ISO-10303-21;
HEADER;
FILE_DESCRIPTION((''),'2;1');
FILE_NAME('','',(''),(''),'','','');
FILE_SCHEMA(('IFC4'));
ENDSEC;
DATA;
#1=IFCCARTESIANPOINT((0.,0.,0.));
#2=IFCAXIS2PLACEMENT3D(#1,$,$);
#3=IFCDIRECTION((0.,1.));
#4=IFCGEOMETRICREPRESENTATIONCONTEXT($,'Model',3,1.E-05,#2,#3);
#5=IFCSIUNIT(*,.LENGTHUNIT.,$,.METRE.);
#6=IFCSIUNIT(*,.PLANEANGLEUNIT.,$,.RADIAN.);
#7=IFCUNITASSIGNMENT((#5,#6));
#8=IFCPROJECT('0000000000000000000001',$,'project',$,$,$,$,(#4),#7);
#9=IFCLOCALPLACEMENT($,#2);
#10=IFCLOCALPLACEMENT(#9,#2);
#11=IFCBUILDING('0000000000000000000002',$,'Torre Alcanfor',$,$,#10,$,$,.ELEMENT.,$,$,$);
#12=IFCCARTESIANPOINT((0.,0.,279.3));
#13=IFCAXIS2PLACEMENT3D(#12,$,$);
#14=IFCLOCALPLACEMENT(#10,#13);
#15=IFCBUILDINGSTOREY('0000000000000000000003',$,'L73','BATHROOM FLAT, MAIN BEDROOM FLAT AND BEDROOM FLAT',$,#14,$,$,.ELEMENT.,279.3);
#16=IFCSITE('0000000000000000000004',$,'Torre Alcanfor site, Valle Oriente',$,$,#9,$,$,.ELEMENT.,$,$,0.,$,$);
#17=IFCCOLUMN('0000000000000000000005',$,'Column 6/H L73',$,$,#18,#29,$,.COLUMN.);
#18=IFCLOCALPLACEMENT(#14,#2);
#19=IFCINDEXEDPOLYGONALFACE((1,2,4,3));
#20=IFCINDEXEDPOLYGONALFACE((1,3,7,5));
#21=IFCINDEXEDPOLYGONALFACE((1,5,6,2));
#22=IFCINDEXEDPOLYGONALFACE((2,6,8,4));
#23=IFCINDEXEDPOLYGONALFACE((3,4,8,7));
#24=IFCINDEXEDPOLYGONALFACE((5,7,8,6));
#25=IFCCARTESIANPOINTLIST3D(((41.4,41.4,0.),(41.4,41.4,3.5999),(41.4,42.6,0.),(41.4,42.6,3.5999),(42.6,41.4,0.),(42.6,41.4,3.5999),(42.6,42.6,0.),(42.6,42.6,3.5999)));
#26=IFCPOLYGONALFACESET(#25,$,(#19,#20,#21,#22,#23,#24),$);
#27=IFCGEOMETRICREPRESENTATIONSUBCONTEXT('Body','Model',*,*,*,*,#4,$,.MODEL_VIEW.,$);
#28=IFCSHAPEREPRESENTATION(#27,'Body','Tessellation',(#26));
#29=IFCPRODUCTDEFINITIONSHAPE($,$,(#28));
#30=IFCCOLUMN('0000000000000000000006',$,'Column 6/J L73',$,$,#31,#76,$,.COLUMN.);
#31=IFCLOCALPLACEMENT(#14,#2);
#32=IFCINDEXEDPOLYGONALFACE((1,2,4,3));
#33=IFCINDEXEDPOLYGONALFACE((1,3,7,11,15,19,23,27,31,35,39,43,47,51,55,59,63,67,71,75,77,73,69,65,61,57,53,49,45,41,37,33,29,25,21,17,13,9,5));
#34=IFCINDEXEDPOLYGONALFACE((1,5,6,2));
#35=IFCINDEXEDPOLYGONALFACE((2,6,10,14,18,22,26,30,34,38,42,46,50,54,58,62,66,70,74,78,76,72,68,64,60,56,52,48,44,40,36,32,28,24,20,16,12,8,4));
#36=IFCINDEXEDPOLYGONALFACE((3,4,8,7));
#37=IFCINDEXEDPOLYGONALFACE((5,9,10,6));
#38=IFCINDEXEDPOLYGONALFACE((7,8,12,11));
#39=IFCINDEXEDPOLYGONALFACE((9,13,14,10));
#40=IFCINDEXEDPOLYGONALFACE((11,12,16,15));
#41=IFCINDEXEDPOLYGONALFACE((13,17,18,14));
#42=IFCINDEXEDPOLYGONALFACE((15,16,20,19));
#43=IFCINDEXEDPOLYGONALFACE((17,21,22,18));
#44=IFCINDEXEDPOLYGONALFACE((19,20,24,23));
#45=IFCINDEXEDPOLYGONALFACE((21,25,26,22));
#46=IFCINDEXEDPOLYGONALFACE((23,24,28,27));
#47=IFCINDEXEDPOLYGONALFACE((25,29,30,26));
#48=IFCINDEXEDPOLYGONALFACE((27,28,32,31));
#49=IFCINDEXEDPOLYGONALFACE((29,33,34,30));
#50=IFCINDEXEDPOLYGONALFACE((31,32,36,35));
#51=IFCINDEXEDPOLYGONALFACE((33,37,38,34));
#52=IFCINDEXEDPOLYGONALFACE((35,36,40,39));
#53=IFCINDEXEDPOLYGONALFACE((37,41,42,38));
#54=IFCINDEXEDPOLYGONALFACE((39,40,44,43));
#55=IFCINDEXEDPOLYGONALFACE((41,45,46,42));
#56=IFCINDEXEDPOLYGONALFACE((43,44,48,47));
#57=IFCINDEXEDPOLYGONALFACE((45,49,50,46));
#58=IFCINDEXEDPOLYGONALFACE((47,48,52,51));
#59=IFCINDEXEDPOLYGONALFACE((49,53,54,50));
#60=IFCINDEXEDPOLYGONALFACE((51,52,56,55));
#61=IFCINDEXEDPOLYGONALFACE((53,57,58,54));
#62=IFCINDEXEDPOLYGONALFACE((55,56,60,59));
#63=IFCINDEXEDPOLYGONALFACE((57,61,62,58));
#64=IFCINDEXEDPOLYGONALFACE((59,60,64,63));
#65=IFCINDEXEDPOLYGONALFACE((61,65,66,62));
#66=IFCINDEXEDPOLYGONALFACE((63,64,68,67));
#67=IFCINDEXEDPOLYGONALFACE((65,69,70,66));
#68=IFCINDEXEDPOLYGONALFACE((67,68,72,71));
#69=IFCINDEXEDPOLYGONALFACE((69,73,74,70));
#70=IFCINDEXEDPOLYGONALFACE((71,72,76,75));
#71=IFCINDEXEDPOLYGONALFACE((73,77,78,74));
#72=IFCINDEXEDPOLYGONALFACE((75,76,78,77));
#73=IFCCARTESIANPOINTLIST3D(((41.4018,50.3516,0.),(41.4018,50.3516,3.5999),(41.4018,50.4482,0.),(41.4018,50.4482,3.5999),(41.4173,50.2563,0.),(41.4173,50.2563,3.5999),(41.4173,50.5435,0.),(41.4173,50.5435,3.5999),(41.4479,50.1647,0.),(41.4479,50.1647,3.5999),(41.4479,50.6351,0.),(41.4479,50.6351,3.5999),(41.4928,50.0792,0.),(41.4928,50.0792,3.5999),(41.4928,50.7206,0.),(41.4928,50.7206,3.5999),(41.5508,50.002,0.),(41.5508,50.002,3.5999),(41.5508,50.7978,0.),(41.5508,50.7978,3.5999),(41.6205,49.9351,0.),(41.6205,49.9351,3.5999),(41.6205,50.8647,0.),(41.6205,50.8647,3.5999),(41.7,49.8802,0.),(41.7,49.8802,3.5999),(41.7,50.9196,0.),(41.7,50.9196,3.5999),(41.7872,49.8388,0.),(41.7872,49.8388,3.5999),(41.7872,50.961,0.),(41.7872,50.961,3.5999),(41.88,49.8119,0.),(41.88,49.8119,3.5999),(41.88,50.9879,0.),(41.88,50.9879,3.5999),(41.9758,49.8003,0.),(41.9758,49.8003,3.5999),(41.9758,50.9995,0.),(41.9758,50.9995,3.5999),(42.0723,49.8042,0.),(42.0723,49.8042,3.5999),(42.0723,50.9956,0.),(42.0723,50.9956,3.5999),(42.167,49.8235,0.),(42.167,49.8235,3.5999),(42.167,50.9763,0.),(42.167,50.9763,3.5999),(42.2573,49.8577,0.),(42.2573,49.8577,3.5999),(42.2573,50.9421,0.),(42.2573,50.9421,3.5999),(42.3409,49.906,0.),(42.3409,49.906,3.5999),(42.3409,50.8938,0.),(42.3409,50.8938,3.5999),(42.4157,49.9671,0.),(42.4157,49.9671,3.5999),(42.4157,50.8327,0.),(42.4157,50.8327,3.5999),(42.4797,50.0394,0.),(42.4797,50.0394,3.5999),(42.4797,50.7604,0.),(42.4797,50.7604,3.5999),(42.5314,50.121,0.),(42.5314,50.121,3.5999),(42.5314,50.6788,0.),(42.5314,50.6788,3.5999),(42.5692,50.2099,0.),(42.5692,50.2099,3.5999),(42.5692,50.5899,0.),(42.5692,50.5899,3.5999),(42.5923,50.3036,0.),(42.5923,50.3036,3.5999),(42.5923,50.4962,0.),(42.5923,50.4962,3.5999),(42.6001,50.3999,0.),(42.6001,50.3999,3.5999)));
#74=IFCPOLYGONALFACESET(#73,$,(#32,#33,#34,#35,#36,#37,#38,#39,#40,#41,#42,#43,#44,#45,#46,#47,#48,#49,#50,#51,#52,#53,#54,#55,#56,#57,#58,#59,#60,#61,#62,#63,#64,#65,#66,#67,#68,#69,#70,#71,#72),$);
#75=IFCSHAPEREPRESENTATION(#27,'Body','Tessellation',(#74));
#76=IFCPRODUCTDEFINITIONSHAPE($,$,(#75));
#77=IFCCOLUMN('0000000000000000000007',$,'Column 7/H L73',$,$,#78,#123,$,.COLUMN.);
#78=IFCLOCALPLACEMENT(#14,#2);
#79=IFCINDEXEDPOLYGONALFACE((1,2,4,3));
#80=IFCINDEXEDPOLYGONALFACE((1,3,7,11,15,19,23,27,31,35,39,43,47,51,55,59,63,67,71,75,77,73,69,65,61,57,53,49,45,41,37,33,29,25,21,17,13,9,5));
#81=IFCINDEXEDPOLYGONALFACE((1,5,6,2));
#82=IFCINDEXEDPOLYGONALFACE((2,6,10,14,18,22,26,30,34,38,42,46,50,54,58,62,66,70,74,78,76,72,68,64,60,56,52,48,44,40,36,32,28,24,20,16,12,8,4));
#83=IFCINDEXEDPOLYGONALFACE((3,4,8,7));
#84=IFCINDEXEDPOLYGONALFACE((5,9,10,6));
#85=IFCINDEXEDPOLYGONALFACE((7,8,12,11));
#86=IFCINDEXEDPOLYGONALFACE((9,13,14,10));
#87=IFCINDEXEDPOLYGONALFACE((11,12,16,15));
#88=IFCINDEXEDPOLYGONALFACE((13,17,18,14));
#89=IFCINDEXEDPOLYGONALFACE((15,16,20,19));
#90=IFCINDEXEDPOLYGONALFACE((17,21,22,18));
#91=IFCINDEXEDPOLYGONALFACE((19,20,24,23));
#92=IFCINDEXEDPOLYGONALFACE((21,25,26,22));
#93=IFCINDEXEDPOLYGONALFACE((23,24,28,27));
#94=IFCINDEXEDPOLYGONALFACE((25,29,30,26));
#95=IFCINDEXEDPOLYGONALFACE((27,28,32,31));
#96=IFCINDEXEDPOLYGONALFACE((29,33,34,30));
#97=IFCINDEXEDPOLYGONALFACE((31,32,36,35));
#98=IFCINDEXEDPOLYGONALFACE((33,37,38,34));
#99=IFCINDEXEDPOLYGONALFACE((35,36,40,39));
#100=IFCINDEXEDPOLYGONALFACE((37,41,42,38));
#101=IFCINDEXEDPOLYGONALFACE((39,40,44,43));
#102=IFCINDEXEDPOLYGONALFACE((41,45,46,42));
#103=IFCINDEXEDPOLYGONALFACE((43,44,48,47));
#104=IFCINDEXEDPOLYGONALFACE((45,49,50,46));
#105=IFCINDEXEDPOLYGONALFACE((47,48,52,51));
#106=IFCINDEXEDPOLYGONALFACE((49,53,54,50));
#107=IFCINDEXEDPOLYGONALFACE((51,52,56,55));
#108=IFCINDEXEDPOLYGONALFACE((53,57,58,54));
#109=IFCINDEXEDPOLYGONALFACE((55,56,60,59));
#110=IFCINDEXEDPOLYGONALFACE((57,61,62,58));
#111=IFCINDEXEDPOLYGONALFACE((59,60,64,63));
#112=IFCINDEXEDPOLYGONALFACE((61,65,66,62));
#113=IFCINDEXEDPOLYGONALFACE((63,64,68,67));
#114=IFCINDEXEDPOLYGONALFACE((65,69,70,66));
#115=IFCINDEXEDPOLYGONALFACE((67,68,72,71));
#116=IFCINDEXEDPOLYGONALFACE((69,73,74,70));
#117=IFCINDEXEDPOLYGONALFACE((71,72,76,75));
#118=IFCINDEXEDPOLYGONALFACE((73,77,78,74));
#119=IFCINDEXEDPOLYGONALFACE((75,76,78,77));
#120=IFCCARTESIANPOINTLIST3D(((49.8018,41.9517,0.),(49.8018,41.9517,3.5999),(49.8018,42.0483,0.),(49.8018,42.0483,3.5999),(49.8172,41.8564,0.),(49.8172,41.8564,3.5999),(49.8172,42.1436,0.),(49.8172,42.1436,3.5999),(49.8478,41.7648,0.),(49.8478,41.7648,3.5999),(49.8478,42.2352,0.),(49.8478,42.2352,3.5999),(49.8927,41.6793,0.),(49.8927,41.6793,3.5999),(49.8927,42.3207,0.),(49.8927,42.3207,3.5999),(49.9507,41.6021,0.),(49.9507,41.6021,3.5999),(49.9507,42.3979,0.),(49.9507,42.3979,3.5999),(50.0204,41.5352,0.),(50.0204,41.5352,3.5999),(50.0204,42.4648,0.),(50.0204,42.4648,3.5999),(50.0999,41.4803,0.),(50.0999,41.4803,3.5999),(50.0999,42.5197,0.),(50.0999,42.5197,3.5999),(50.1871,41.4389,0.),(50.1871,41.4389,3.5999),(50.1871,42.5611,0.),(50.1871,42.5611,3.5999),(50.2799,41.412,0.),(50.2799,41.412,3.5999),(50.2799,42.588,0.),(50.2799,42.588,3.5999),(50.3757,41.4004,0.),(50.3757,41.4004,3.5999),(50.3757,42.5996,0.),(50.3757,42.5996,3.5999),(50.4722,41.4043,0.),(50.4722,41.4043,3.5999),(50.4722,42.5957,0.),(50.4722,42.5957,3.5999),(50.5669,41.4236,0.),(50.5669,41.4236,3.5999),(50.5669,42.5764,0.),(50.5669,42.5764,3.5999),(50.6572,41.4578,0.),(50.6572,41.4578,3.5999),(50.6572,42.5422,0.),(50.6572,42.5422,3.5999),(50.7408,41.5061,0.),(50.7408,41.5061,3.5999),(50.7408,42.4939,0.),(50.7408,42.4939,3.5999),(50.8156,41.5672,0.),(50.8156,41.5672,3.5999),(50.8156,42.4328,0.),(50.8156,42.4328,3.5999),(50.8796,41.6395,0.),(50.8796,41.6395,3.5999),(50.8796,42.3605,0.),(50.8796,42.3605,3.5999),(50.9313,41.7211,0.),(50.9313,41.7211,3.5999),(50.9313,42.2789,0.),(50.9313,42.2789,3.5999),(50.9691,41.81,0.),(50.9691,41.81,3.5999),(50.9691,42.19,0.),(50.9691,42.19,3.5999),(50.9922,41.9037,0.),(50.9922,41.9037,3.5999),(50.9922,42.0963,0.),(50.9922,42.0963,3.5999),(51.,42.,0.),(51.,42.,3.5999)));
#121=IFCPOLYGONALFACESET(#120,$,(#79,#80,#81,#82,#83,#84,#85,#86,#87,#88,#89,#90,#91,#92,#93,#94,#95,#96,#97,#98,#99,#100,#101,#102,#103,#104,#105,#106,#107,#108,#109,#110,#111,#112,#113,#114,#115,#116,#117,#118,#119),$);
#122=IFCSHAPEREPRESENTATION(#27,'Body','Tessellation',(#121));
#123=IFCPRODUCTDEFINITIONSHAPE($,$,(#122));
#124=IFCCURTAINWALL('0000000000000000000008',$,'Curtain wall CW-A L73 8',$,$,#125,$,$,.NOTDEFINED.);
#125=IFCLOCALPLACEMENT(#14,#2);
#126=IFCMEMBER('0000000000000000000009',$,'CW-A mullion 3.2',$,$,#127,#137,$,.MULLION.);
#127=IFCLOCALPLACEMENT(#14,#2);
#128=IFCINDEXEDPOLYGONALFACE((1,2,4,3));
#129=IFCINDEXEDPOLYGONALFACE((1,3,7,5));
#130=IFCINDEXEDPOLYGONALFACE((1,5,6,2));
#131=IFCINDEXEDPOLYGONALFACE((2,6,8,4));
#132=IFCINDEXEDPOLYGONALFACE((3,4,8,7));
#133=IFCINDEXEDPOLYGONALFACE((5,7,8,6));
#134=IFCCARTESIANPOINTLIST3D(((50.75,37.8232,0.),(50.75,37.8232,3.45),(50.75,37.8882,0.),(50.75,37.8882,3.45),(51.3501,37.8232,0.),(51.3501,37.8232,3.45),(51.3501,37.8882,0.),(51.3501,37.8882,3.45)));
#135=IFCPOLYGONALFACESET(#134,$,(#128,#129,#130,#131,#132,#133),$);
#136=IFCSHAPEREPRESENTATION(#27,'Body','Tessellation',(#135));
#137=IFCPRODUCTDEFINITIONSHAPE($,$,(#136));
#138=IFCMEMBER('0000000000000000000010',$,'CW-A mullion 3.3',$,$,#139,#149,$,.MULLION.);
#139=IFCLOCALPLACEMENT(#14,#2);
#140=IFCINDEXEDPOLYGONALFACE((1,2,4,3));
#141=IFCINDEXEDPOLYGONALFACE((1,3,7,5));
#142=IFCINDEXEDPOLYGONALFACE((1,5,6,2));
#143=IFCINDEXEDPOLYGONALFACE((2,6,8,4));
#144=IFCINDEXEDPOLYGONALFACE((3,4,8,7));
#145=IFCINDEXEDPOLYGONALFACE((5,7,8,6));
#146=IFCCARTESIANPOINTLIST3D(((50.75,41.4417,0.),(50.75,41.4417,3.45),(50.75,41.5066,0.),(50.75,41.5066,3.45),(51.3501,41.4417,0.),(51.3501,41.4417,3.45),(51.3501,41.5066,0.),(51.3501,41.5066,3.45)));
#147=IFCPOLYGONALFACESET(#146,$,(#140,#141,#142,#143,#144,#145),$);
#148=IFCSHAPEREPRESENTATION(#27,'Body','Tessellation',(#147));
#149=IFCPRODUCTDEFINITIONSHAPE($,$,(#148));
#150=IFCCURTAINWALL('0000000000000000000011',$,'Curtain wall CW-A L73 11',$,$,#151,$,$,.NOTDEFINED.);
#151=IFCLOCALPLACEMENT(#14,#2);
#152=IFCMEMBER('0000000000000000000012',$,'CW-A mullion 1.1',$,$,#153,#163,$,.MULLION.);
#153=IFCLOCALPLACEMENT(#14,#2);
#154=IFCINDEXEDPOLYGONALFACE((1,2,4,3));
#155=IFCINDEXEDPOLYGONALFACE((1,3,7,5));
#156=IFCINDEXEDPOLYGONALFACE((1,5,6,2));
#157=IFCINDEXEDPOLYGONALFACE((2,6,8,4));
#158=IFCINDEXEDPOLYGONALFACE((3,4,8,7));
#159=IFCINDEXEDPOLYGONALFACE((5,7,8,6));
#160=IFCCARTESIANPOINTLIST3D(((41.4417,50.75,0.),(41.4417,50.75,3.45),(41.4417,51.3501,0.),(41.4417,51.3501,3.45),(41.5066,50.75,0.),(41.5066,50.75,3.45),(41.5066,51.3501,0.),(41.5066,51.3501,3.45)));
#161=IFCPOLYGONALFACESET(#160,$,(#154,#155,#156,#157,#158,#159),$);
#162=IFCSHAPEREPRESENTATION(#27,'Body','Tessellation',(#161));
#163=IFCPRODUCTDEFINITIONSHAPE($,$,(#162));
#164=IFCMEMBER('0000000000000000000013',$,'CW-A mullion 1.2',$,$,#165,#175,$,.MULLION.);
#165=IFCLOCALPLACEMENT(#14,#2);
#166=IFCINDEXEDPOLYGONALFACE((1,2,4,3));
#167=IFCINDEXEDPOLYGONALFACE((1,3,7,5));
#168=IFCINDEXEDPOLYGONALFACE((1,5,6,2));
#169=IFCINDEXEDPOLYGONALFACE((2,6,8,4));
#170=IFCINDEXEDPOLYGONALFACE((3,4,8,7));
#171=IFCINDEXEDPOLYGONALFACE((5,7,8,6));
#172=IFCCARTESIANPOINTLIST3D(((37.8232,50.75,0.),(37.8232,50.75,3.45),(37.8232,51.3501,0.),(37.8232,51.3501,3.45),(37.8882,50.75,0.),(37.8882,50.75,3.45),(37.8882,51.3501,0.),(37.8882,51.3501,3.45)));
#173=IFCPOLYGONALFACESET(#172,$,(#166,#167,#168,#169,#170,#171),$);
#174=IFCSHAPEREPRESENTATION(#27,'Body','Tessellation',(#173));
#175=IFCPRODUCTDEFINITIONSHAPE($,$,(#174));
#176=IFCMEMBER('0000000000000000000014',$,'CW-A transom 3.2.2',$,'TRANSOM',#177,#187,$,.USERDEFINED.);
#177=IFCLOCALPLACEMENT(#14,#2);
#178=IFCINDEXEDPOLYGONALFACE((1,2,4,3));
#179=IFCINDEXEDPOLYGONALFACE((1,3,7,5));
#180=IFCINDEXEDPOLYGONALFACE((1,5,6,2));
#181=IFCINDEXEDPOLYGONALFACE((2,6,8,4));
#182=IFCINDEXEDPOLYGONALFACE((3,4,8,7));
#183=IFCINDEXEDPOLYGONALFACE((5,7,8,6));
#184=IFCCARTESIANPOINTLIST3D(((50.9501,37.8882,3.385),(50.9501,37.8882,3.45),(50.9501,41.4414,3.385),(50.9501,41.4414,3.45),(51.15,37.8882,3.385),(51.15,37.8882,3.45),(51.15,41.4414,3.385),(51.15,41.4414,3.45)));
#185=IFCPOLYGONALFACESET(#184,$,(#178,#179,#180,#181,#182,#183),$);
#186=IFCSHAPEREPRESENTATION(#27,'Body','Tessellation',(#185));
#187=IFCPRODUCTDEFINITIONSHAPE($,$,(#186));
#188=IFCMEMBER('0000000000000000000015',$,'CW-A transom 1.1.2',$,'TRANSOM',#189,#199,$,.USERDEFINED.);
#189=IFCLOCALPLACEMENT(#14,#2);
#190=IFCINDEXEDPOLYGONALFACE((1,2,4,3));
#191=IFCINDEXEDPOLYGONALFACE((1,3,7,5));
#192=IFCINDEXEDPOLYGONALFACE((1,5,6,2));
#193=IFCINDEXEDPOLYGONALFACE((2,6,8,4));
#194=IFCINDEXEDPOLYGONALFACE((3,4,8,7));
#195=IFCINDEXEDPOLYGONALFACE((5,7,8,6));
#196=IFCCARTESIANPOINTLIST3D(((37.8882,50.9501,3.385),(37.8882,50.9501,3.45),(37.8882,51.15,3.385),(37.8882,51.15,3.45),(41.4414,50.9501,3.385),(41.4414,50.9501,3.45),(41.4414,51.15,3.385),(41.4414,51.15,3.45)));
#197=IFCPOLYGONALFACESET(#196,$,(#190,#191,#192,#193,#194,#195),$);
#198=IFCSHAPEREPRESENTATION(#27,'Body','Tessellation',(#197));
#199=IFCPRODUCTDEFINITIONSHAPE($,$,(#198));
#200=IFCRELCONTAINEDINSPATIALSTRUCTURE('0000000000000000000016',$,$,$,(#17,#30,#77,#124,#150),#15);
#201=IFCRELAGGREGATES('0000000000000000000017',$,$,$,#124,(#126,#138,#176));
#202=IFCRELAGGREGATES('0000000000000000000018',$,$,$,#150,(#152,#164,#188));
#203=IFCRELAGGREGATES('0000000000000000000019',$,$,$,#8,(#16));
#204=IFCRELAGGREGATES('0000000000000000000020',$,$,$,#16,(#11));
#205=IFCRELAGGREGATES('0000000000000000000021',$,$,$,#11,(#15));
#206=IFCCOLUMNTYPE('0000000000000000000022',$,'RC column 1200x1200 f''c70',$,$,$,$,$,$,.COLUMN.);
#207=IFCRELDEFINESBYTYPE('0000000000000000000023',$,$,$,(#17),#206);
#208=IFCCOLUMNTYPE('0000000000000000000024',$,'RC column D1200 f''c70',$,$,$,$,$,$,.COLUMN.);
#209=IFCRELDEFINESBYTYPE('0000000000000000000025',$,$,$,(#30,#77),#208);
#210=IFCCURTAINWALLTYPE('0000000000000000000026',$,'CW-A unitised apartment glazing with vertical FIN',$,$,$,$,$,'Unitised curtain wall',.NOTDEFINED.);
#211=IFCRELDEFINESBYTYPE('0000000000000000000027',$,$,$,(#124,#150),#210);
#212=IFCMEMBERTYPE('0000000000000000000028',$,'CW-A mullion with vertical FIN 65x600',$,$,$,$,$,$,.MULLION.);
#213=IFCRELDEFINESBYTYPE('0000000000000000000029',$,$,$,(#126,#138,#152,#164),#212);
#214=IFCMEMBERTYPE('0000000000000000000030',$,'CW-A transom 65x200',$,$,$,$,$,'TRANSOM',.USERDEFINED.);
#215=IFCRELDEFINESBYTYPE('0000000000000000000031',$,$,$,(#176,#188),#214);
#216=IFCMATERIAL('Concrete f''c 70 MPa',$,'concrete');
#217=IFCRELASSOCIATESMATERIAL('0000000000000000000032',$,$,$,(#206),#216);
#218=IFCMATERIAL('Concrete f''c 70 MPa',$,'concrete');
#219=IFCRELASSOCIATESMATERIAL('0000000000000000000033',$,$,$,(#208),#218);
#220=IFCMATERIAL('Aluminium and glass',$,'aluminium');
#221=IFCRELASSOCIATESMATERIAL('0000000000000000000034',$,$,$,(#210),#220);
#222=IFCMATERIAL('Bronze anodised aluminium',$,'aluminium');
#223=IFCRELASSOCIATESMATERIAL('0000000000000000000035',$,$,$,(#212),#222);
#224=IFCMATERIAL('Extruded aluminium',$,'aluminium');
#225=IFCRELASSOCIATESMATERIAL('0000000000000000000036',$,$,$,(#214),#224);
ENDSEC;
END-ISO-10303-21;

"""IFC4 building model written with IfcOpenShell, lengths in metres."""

from ifc_helpers import new_model, si_unit, direction, frame, origin, origin_2d, place, context, subcontext, project, spatial, rectangle, circle, extrude, material, material_profile, profile_set, type_object, element, aggregate, save


model = new_model("IFC4")

# Units and contexts
model_context = context("Model", 3, precision=1e-05, world=origin(), true_north=direction((0.0, 1.0)))
body_context = subcontext(model_context, "Body", "Model", "MODEL_VIEW")
ifc_project = project(units=[si_unit("LENGTHUNIT", "METRE"), si_unit("PLANEANGLEUNIT", "RADIAN")], contexts=[model_context])

# Site, building, storey
site_placement = place(None, origin())
site = spatial("IfcSite", under=ifc_project, at=site_placement, Name="Torre Alcanfor site, Valle Oriente", CompositionType="ELEMENT", RefElevation=0.0)
building_placement = place(site_placement, origin())
building = spatial("IfcBuilding", under=site, at=building_placement, Name="Torre Alcanfor", CompositionType="ELEMENT")
storey_placement = place(building_placement, frame((0.0, 0.0, 279.3)))
storey = spatial("IfcBuildingStorey", under=building, at=storey_placement, Name="L73", Description="BATHROOM FLAT, MAIN BEDROOM FLAT AND BEDROOM FLAT", CompositionType="ELEMENT", Elevation=279.3)

# Columns
ifc_material_1 = material(Name="Concrete f'c 70 MPa", Category="concrete")
ifc_material_profile_1 = material_profile(ifc_material_1, rectangle(XDim=1.2, YDim=1.2, at=origin_2d()), Name="1200x1200")
ifc_profile_set_1 = profile_set([ifc_material_profile_1], Name="Concrete f'c 70 MPa")
column_type_1 = type_object("IfcColumnType", Name="RC column 1200x1200 f'c70", PredefinedType="COLUMN", material=ifc_profile_set_1)
column_placement = place(storey_placement, frame((42.0, 42.0, 0.0), z_axis=(0.0, 0.0, 1.0), x_axis=(1.0, 0.0, 0.0)))
element("IfcColumn", 1, at=column_placement, inside=storey, type_object=column_type_1, Name="Column 6/H L73", PredefinedType="COLUMN", context=body_context, shape_type="SweptSolid", body=[
    extrude(rectangle(XDim=1.2, YDim=1.2, at=origin_2d()), origin(), (0.0, 0.0, 1.0), 3.5999),
])
ifc_material_2 = material(Name="Concrete f'c 70 MPa", Category="concrete")
ifc_material_profile_2 = material_profile(ifc_material_2, circle(Radius=0.6001, at=origin_2d()), Name="D1200")
ifc_profile_set_2 = profile_set([ifc_material_profile_2], Name="Concrete f'c 70 MPa")
column_type_2 = type_object("IfcColumnType", Name="RC column D1200 f'c70", PredefinedType="COLUMN", material=ifc_profile_set_2)
for number, where, z_axis, x_axis, name in (
    (2, (42.0, 50.3999, 0.0), (0.0, 0.0, 1.0), (1.0, 0.0, 0.0), "Column 6/J L73"),
    (3, (50.3999, 42.0, 0.0), (0.0, 0.0, 1.0), (1.0, 0.0, 0.0), "Column 7/H L73"),
):
    element("IfcColumn", number, at=place(storey_placement, frame(where, z_axis=z_axis, x_axis=x_axis)), inside=storey, type_object=column_type_2, Name=name, PredefinedType="COLUMN", context=body_context, shape_type="SweptSolid", body=[
        extrude(circle(Radius=0.6001, at=origin_2d()), origin(), (0.0, 0.0, 1.0), 3.5999),
    ])

# Curtain walls, members
ifc_material_3 = material(Name="Aluminium and glass", Category="aluminium")
curtain_wall_type = type_object("IfcCurtainWallType", Name="CW-A unitised apartment glazing with vertical FIN", ElementType="Unitised curtain wall", PredefinedType="NOTDEFINED", material=ifc_material_3)
curtain_wall_1_placement = place(storey_placement, origin())
curtain_wall_1 = element("IfcCurtainWall", 4, at=curtain_wall_1_placement, inside=storey, type_object=curtain_wall_type, Name="Curtain wall CW-A L73 8", PredefinedType="NOTDEFINED")
ifc_material_4 = material(Name="Bronze anodised aluminium", Category="aluminium")
ifc_material_profile_3 = material_profile(ifc_material_4, rectangle(XDim=0.6001, YDim=0.0649, at=origin_2d()), Name="CW-A mullion 65x600")
ifc_profile_set_3 = profile_set([ifc_material_profile_3], Name="Bronze anodised aluminium")
member_type_1 = type_object("IfcMemberType", Name="CW-A mullion with vertical FIN 65x600", PredefinedType="MULLION", material=ifc_profile_set_3)
member_1_placement = place(storey_placement, frame((51.05, 37.8557, 0.0), z_axis=(0.0, 0.0, 1.0), x_axis=(-1.0, 0.0, 0.0)))
member_1 = element("IfcMember", 5, at=member_1_placement, type_object=member_type_1, Name="CW-A mullion 3.2", PredefinedType="MULLION", context=body_context, shape_type="SweptSolid", body=[
    extrude(rectangle(XDim=0.6001, YDim=0.0649, at=origin_2d()), origin(), (0.0, 0.0, 1.0), 3.45),
])
member_2_placement = place(storey_placement, frame((51.05, 41.4741, 0.0), z_axis=(0.0, 0.0, 1.0), x_axis=(-1.0, 0.0, 0.0)))
member_2 = element("IfcMember", 6, at=member_2_placement, type_object=member_type_1, Name="CW-A mullion 3.3", PredefinedType="MULLION", context=body_context, shape_type="SweptSolid", body=[
    extrude(rectangle(XDim=0.6001, YDim=0.0649, at=origin_2d()), origin(), (0.0, 0.0, 1.0), 3.45),
])
curtain_wall_2_placement = place(storey_placement, origin())
curtain_wall_2 = element("IfcCurtainWall", 7, at=curtain_wall_2_placement, inside=storey, type_object=curtain_wall_type, Name="Curtain wall CW-A L73 11", PredefinedType="NOTDEFINED")
member_3_placement = place(storey_placement, frame((41.4741, 51.05, 0.0), z_axis=(0.0, 0.0, 1.0), x_axis=(0.0, -1.0, 0.0)))
member_3 = element("IfcMember", 8, at=member_3_placement, type_object=member_type_1, Name="CW-A mullion 1.1", PredefinedType="MULLION", context=body_context, shape_type="SweptSolid", body=[
    extrude(rectangle(XDim=0.6001, YDim=0.0649, at=origin_2d()), origin(), (0.0, 0.0, 1.0), 3.45),
])
member_4_placement = place(storey_placement, frame((37.8557, 51.05, 0.0), z_axis=(0.0, 0.0, 1.0), x_axis=(0.0, -1.0, 0.0)))
member_4 = element("IfcMember", 9, at=member_4_placement, type_object=member_type_1, Name="CW-A mullion 1.2", PredefinedType="MULLION", context=body_context, shape_type="SweptSolid", body=[
    extrude(rectangle(XDim=0.6001, YDim=0.0649, at=origin_2d()), origin(), (0.0, 0.0, 1.0), 3.45),
])

# Members
ifc_material_5 = material(Name="Extruded aluminium", Category="aluminium")
ifc_material_profile_4 = material_profile(ifc_material_5, rectangle(XDim=0.2, YDim=0.0649, at=origin_2d()), Name="CW-A transom 200x65")
ifc_profile_set_4 = profile_set([ifc_material_profile_4], Name="Extruded aluminium")
member_type_2 = type_object("IfcMemberType", Name="CW-A transom 65x200", ElementType="TRANSOM", PredefinedType="USERDEFINED", material=ifc_profile_set_4)
member_5_placement = place(storey_placement, frame((51.05, 37.8882, 3.4175), z_axis=(0.0, 1.0, 0.0), x_axis=(-1.0, 0.0, 0.0)))
member_5 = element("IfcMember", 10, at=member_5_placement, type_object=member_type_2, Name="CW-A transom 3.2.2", ObjectType="TRANSOM", PredefinedType="USERDEFINED", context=body_context, shape_type="SweptSolid", body=[
    extrude(rectangle(XDim=0.2, YDim=0.0649, at=origin_2d()), origin(), (0.0, 0.0, 1.0), 3.5532),
])
member_6_placement = place(storey_placement, frame((41.4414, 51.05, 3.4175), z_axis=(-1.0, 0.0, 0.0), x_axis=(0.0, -1.0, 0.0)))
member_6 = element("IfcMember", 11, at=member_6_placement, type_object=member_type_2, Name="CW-A transom 1.1.2", ObjectType="TRANSOM", PredefinedType="USERDEFINED", context=body_context, shape_type="SweptSolid", body=[
    extrude(rectangle(XDim=0.2, YDim=0.0649, at=origin_2d()), origin(), (0.0, 0.0, 1.0), 3.5532),
])

aggregate(curtain_wall_1, [member_1, member_2, member_5])
aggregate(curtain_wall_2, [member_3, member_4, member_6])

save(model, "model.ifc")
